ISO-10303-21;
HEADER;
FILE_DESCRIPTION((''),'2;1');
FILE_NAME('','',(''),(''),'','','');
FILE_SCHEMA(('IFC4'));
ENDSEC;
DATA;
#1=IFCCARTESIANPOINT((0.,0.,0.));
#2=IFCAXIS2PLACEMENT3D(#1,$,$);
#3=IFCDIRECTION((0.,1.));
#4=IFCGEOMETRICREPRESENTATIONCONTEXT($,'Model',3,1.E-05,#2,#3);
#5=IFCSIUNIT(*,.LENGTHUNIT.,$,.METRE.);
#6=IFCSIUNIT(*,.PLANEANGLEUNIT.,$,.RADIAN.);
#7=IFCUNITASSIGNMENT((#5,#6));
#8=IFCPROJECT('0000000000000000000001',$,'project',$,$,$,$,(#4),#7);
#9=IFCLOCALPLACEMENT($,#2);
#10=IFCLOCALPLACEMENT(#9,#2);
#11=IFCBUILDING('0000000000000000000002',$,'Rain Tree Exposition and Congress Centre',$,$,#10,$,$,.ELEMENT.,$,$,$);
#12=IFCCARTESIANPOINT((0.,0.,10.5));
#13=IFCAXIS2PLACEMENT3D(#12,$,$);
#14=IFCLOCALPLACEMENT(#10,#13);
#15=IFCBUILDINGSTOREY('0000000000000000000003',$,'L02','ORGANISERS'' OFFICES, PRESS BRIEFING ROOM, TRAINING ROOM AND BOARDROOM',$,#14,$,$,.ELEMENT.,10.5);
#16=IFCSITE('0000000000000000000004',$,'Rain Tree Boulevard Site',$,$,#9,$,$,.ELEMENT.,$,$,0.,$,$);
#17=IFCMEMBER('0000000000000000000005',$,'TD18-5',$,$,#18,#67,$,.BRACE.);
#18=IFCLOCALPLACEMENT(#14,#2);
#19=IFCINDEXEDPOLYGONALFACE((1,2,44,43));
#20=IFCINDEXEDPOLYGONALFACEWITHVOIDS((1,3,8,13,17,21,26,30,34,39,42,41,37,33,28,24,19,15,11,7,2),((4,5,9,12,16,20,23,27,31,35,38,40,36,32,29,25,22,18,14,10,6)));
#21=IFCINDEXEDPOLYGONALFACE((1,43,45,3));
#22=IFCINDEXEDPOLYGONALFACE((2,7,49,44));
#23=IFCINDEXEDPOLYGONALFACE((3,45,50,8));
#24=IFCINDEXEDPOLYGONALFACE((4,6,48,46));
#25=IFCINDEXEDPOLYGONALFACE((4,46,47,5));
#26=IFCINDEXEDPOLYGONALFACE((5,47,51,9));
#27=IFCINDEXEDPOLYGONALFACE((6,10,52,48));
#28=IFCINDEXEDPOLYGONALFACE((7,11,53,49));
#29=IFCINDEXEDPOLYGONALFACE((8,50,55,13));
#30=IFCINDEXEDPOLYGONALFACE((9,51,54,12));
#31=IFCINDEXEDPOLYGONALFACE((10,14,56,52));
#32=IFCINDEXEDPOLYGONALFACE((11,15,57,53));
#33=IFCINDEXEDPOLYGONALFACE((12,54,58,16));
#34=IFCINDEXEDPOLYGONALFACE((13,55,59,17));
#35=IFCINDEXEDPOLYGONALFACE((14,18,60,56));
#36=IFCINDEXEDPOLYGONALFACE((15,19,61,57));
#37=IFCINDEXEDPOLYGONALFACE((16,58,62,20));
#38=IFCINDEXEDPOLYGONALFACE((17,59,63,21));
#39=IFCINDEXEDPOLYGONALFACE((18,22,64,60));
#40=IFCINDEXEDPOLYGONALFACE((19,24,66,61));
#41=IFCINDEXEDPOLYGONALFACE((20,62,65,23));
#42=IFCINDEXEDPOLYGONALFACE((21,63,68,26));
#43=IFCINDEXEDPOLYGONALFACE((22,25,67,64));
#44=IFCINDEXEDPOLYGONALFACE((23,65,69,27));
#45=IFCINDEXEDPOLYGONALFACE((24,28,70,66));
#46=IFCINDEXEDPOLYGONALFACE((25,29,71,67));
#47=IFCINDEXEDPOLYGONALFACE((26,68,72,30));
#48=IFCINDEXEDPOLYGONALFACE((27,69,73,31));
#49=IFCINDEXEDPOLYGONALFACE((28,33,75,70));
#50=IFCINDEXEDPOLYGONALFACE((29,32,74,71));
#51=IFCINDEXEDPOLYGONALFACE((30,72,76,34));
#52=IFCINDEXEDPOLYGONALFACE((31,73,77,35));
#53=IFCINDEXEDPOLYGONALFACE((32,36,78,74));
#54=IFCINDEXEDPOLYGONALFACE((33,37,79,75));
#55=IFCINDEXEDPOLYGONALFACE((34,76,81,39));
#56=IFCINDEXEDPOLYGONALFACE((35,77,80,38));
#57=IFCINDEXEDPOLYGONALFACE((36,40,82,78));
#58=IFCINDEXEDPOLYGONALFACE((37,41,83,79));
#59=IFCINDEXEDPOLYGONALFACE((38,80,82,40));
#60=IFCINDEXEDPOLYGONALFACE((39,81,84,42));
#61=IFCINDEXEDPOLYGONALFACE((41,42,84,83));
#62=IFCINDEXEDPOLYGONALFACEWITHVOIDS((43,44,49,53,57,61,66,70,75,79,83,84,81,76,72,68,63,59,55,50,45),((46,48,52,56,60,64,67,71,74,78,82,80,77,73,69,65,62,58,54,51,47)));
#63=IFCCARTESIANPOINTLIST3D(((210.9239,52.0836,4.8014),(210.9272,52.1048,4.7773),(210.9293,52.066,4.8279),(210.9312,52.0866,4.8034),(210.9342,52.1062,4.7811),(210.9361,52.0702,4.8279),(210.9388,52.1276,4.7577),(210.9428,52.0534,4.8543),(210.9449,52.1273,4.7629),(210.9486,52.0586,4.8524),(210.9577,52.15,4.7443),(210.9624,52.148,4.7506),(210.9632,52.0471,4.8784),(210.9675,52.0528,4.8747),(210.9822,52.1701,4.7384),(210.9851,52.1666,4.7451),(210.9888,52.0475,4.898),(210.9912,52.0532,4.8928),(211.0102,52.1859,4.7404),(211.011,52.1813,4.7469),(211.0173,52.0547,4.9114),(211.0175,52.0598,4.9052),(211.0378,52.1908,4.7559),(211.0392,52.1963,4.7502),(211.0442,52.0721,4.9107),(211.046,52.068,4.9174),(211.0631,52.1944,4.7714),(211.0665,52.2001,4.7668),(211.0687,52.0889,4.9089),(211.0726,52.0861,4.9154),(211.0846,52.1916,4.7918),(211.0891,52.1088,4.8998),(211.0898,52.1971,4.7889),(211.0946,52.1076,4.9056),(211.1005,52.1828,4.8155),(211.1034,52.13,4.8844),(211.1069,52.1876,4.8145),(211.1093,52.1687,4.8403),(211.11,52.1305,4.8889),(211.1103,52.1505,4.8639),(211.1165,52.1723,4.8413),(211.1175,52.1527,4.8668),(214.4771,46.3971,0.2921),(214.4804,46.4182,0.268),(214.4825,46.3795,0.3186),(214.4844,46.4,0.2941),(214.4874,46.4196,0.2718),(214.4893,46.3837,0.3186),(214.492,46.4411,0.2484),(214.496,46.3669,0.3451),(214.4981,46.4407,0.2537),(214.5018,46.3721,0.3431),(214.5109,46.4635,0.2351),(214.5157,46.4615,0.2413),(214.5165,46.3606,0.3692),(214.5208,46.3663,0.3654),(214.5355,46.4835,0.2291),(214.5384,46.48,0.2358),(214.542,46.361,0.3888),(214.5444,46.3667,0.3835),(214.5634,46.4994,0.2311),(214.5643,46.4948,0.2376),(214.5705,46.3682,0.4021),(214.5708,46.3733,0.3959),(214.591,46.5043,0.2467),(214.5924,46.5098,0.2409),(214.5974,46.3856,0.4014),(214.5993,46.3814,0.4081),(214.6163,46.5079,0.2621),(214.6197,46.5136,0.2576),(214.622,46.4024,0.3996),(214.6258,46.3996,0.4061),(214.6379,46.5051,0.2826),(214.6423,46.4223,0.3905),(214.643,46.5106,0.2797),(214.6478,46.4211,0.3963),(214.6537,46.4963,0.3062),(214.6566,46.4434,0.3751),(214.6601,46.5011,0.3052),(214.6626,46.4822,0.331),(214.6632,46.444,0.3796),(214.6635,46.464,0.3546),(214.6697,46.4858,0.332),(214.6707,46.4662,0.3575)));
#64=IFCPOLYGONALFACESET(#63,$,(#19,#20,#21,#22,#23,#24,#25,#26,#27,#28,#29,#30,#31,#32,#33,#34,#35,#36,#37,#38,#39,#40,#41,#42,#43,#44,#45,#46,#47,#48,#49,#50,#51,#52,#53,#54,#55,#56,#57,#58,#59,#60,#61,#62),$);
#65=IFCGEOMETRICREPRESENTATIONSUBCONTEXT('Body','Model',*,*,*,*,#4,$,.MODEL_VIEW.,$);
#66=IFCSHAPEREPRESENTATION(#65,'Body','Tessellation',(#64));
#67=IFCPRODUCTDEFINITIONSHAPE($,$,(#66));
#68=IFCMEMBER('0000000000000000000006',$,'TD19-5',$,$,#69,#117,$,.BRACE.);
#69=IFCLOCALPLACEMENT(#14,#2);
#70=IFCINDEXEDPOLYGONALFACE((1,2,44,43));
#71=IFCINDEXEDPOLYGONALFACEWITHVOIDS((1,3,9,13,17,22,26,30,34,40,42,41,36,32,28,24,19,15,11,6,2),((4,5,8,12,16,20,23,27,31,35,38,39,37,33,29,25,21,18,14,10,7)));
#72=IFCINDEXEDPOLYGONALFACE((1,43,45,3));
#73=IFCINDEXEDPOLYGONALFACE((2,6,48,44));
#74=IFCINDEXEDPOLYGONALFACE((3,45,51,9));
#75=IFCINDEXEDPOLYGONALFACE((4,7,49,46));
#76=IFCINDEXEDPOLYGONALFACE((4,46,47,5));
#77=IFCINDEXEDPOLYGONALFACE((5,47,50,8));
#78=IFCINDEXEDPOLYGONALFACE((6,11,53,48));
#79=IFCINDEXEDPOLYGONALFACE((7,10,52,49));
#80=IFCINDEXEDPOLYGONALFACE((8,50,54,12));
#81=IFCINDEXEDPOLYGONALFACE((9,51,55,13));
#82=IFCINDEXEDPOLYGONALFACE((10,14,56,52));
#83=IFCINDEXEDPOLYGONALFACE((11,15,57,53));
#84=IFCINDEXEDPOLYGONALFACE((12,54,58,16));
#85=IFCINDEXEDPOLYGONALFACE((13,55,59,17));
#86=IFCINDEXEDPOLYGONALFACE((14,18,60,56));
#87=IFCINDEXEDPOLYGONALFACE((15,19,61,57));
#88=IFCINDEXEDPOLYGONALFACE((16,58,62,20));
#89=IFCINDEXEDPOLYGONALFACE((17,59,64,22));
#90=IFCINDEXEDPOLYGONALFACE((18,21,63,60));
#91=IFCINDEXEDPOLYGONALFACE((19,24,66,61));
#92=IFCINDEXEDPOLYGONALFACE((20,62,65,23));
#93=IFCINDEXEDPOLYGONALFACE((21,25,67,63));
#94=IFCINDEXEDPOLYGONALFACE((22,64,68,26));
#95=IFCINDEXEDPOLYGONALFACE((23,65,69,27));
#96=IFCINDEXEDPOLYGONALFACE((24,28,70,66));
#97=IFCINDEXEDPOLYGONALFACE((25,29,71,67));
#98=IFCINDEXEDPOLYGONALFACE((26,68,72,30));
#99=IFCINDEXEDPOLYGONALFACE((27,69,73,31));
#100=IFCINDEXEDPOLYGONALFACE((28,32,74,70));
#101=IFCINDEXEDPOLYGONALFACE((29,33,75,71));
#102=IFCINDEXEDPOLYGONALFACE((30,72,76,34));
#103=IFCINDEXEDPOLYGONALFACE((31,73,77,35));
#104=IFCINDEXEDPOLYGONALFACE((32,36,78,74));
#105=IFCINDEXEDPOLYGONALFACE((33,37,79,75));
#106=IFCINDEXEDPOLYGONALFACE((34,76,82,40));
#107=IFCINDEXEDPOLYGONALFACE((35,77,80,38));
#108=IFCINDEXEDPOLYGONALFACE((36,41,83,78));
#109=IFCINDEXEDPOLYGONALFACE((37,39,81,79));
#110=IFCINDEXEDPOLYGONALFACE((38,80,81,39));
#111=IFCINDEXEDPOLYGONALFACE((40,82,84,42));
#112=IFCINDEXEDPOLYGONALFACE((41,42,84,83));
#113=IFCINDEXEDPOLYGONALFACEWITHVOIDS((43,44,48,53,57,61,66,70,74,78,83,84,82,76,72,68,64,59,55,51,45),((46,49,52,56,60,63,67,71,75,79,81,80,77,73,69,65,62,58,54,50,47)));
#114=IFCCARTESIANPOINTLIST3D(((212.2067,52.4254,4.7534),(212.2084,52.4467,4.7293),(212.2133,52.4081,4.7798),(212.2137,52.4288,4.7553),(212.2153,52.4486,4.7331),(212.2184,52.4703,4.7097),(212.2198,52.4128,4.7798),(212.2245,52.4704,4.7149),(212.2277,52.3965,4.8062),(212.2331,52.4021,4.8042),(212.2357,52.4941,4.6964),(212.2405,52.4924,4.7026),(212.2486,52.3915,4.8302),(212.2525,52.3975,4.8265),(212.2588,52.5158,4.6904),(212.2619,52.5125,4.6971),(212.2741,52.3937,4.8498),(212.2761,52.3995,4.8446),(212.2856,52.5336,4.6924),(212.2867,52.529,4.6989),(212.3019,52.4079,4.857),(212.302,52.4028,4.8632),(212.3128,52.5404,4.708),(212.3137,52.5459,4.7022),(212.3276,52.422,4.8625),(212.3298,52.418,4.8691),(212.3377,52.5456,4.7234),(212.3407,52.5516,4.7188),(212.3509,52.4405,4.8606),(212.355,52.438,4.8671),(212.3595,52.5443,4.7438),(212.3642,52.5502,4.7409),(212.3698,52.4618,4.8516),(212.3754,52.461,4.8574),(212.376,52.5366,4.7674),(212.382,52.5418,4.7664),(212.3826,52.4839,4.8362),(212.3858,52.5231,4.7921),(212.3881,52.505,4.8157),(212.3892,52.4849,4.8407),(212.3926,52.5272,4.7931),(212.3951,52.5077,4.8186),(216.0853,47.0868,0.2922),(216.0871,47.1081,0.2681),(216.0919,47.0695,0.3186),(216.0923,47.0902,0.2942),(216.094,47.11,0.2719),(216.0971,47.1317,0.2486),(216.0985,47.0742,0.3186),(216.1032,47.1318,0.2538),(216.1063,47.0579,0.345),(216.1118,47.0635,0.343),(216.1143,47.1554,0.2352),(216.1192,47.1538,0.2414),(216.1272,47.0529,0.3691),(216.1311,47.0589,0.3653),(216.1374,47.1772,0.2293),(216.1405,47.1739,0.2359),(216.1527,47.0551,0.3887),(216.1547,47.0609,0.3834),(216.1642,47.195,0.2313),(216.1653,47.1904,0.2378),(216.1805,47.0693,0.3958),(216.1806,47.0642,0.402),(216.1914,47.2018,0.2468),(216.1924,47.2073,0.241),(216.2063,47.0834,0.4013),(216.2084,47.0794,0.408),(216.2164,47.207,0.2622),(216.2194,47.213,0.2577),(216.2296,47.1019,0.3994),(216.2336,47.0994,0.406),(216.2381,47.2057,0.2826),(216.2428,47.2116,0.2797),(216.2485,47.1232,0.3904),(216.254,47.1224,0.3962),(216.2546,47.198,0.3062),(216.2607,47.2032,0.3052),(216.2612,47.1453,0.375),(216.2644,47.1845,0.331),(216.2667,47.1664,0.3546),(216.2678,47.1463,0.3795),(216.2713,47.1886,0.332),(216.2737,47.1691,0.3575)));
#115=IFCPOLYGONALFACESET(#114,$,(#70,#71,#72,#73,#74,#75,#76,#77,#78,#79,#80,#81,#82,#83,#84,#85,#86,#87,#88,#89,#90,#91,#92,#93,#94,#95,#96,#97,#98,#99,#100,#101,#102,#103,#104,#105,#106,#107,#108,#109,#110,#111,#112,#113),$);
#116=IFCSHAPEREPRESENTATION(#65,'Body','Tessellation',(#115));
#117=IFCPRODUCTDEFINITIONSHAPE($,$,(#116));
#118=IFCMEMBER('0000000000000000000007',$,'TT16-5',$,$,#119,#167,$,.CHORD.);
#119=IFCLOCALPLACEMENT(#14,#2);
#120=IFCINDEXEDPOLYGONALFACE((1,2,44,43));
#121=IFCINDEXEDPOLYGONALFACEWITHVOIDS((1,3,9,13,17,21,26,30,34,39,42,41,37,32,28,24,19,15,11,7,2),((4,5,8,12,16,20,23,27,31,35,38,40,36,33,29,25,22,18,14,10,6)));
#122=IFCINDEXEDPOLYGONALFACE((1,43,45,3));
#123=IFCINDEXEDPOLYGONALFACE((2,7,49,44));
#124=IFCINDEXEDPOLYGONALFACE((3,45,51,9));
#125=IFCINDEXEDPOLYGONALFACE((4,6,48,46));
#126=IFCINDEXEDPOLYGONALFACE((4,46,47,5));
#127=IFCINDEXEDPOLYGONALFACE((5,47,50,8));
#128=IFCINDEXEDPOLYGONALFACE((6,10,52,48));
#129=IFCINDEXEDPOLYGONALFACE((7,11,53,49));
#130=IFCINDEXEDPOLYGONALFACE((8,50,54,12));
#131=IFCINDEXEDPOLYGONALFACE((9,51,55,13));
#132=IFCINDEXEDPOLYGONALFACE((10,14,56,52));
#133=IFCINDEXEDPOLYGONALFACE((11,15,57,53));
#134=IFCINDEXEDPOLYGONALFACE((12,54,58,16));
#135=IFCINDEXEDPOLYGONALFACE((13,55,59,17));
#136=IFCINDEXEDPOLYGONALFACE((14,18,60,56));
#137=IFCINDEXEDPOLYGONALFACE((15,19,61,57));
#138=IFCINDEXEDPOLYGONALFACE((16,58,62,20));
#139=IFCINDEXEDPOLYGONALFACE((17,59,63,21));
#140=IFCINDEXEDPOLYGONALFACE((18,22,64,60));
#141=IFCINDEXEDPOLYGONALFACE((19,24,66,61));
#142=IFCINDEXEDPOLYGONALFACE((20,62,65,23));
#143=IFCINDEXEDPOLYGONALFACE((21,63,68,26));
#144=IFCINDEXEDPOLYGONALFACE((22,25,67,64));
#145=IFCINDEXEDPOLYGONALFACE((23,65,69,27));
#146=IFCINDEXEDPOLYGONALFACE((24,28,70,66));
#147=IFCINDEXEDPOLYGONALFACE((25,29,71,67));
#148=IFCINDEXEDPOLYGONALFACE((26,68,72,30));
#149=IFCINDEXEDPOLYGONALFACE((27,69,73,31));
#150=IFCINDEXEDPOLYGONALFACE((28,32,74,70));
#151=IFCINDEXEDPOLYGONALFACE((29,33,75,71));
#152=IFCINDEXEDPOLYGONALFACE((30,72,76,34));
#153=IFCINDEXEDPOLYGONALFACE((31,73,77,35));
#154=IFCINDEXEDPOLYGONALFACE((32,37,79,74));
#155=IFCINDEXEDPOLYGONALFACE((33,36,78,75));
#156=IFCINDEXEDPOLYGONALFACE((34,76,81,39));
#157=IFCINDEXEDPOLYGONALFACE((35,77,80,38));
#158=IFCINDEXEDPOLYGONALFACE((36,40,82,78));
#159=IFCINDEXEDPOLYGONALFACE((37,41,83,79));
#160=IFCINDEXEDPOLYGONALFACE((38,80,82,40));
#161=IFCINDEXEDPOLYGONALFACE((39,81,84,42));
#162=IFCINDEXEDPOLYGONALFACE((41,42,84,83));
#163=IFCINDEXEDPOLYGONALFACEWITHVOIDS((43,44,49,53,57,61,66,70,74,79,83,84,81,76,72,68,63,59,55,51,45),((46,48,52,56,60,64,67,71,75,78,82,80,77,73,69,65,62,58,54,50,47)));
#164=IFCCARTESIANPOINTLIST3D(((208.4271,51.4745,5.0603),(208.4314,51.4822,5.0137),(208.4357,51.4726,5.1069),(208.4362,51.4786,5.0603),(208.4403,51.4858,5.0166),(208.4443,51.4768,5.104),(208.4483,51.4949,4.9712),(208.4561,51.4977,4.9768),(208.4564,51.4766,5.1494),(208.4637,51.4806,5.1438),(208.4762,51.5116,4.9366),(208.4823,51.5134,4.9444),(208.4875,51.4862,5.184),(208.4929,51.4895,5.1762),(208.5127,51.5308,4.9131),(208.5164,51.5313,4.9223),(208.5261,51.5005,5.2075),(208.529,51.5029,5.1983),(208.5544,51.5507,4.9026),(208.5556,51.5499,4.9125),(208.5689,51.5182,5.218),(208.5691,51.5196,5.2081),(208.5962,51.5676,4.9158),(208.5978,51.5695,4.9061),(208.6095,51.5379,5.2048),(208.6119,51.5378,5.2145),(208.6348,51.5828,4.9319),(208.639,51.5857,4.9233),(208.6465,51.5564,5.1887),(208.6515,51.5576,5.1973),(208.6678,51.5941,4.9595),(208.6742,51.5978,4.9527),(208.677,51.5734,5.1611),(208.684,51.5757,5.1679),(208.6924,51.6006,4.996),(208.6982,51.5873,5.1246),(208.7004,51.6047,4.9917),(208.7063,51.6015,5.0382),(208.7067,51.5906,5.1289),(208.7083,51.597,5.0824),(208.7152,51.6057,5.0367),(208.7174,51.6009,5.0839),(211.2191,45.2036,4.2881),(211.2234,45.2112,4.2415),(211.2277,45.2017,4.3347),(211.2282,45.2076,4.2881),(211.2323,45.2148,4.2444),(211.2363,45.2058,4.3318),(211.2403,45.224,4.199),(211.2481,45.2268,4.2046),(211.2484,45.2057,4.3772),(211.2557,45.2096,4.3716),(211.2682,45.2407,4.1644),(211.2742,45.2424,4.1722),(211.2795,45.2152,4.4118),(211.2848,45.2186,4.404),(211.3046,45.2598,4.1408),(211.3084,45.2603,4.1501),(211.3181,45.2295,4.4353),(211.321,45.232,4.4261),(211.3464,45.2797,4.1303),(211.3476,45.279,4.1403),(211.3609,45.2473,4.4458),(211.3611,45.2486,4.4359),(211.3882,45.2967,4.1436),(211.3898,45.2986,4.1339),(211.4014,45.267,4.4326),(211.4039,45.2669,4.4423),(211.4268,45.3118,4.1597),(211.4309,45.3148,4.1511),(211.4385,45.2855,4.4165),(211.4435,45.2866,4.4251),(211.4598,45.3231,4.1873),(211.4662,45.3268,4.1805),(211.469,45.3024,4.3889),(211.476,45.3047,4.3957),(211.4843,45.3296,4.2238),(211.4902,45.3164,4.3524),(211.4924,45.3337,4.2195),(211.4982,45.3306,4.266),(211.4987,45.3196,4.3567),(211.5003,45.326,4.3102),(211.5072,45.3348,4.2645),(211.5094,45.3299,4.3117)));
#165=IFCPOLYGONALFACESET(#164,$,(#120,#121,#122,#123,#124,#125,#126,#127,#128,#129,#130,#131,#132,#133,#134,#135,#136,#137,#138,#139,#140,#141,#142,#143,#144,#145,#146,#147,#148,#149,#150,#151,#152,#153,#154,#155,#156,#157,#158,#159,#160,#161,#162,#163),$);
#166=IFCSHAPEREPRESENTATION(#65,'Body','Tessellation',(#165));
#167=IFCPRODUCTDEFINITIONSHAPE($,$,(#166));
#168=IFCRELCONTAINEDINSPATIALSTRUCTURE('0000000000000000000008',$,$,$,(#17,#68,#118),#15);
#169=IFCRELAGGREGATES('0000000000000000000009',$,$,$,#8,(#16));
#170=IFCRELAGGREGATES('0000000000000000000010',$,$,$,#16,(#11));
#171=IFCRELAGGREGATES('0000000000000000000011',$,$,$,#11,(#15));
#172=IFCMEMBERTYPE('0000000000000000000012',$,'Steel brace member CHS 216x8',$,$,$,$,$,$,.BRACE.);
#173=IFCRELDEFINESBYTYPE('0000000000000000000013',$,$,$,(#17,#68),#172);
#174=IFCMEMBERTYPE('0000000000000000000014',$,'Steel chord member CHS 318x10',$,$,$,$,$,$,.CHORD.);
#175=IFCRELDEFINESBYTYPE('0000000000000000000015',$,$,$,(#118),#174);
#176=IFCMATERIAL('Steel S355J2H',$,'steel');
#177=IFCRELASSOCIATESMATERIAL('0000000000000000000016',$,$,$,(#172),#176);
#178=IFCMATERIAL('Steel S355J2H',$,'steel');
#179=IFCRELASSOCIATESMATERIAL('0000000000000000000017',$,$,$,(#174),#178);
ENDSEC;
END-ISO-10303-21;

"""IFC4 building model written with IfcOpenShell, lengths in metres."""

from ifc_helpers import new_model, si_unit, direction, frame, origin, origin_2d, place, context, subcontext, project, spatial, hollow_circle, extrude, material, material_profile, profile_set, type_object, element, save


model = new_model("IFC4")

# Units and contexts
model_context = context("Model", 3, precision=1e-05, world=origin(), true_north=direction((0.0, 1.0)))
body_context = subcontext(model_context, "Body", "Model", "MODEL_VIEW")
ifc_project = project(units=[si_unit("LENGTHUNIT", "METRE"), si_unit("PLANEANGLEUNIT", "RADIAN")], contexts=[model_context])

# Site, building, storey
site_placement = place(None, origin())
site = spatial("IfcSite", under=ifc_project, at=site_placement, Name="Rain Tree Boulevard Site", CompositionType="ELEMENT", RefElevation=0.0)
building_placement = place(site_placement, origin())
building = spatial("IfcBuilding", under=site, at=building_placement, Name="Rain Tree Exposition and Congress Centre", CompositionType="ELEMENT")
storey_placement = place(building_placement, frame((0.0, 0.0, 10.5)))
storey = spatial("IfcBuildingStorey", under=building, at=storey_placement, Name="L02", Description="ORGANISERS' OFFICES, PRESS BRIEFING ROOM, TRAINING ROOM AND BOARDROOM", CompositionType="ELEMENT", Elevation=10.5)

# Members
ifc_material_1 = material(Name="Steel S355J2H", Category="steel")
ifc_material_profile_1 = material_profile(ifc_material_1, hollow_circle(Radius=0.1082, WallThickness=0.0081, at=origin_2d()), Name="CHS 216x8")
ifc_profile_set_1 = profile_set([ifc_material_profile_1], Name="Steel S355J2H")
member_type_1 = type_object("IfcMemberType", Name="Steel brace member CHS 216x8", PredefinedType="BRACE", material=ifc_profile_set_1)
member_1_placement = place(storey_placement, frame((214.5742, 46.4368, 0.3186), z_axis=(-0.439725, 0.703728, 0.55804), x_axis=(-0.848056, -0.529907, 0.0)))
element("IfcMember", 1, at=member_1_placement, inside=storey, type_object=member_type_1, Name="TD18-5", PredefinedType="BRACE", context=body_context, shape_type="SweptSolid", body=[
    extrude(hollow_circle(Radius=0.1082, WallThickness=0.0081, at=origin_2d()), origin(), (0.0, 0.0, 1.0), 8.0806),
])
member_2_placement = place(storey_placement, frame((216.1794, 47.1331, 0.3186), z_axis=(-0.486941, 0.670229, 0.560072), x_axis=(-0.809022, -0.587778, 0.0)))
element("IfcMember", 2, at=member_2_placement, inside=storey, type_object=member_type_1, Name="TD19-5", PredefinedType="BRACE", context=body_context, shape_type="SweptSolid", body=[
    extrude(hollow_circle(Radius=0.1082, WallThickness=0.0081, at=origin_2d()), origin(), (0.0, 0.0, 1.0), 7.9653),
])
ifc_material_2 = material(Name="Steel S355J2H", Category="steel")
ifc_material_profile_2 = material_profile(ifc_material_2, hollow_circle(Radius=0.1592, WallThickness=0.01, at=origin_2d()), Name="CHS 318x10")
ifc_profile_set_2 = profile_set([ifc_material_profile_2], Name="Steel S355J2H")
member_type_2 = type_object("IfcMemberType", Name="Steel chord member CHS 318x10", PredefinedType="CHORD", material=ifc_profile_set_2)
member_3_placement = place(storey_placement, frame((211.3645, 45.2683, 4.2881), z_axis=(-0.404183, 0.907821, 0.11179), x_axis=(-0.913547, -0.406732, 0.0)))
element("IfcMember", 3, at=member_3_placement, inside=storey, type_object=member_type_2, Name="TT16-5", PredefinedType="CHORD", context=body_context, shape_type="SweptSolid", body=[
    extrude(hollow_circle(Radius=0.1592, WallThickness=0.01, at=origin_2d()), origin(), (0.0, 0.0, 1.0), 6.9077),
])

save(model, "model.ifc")
